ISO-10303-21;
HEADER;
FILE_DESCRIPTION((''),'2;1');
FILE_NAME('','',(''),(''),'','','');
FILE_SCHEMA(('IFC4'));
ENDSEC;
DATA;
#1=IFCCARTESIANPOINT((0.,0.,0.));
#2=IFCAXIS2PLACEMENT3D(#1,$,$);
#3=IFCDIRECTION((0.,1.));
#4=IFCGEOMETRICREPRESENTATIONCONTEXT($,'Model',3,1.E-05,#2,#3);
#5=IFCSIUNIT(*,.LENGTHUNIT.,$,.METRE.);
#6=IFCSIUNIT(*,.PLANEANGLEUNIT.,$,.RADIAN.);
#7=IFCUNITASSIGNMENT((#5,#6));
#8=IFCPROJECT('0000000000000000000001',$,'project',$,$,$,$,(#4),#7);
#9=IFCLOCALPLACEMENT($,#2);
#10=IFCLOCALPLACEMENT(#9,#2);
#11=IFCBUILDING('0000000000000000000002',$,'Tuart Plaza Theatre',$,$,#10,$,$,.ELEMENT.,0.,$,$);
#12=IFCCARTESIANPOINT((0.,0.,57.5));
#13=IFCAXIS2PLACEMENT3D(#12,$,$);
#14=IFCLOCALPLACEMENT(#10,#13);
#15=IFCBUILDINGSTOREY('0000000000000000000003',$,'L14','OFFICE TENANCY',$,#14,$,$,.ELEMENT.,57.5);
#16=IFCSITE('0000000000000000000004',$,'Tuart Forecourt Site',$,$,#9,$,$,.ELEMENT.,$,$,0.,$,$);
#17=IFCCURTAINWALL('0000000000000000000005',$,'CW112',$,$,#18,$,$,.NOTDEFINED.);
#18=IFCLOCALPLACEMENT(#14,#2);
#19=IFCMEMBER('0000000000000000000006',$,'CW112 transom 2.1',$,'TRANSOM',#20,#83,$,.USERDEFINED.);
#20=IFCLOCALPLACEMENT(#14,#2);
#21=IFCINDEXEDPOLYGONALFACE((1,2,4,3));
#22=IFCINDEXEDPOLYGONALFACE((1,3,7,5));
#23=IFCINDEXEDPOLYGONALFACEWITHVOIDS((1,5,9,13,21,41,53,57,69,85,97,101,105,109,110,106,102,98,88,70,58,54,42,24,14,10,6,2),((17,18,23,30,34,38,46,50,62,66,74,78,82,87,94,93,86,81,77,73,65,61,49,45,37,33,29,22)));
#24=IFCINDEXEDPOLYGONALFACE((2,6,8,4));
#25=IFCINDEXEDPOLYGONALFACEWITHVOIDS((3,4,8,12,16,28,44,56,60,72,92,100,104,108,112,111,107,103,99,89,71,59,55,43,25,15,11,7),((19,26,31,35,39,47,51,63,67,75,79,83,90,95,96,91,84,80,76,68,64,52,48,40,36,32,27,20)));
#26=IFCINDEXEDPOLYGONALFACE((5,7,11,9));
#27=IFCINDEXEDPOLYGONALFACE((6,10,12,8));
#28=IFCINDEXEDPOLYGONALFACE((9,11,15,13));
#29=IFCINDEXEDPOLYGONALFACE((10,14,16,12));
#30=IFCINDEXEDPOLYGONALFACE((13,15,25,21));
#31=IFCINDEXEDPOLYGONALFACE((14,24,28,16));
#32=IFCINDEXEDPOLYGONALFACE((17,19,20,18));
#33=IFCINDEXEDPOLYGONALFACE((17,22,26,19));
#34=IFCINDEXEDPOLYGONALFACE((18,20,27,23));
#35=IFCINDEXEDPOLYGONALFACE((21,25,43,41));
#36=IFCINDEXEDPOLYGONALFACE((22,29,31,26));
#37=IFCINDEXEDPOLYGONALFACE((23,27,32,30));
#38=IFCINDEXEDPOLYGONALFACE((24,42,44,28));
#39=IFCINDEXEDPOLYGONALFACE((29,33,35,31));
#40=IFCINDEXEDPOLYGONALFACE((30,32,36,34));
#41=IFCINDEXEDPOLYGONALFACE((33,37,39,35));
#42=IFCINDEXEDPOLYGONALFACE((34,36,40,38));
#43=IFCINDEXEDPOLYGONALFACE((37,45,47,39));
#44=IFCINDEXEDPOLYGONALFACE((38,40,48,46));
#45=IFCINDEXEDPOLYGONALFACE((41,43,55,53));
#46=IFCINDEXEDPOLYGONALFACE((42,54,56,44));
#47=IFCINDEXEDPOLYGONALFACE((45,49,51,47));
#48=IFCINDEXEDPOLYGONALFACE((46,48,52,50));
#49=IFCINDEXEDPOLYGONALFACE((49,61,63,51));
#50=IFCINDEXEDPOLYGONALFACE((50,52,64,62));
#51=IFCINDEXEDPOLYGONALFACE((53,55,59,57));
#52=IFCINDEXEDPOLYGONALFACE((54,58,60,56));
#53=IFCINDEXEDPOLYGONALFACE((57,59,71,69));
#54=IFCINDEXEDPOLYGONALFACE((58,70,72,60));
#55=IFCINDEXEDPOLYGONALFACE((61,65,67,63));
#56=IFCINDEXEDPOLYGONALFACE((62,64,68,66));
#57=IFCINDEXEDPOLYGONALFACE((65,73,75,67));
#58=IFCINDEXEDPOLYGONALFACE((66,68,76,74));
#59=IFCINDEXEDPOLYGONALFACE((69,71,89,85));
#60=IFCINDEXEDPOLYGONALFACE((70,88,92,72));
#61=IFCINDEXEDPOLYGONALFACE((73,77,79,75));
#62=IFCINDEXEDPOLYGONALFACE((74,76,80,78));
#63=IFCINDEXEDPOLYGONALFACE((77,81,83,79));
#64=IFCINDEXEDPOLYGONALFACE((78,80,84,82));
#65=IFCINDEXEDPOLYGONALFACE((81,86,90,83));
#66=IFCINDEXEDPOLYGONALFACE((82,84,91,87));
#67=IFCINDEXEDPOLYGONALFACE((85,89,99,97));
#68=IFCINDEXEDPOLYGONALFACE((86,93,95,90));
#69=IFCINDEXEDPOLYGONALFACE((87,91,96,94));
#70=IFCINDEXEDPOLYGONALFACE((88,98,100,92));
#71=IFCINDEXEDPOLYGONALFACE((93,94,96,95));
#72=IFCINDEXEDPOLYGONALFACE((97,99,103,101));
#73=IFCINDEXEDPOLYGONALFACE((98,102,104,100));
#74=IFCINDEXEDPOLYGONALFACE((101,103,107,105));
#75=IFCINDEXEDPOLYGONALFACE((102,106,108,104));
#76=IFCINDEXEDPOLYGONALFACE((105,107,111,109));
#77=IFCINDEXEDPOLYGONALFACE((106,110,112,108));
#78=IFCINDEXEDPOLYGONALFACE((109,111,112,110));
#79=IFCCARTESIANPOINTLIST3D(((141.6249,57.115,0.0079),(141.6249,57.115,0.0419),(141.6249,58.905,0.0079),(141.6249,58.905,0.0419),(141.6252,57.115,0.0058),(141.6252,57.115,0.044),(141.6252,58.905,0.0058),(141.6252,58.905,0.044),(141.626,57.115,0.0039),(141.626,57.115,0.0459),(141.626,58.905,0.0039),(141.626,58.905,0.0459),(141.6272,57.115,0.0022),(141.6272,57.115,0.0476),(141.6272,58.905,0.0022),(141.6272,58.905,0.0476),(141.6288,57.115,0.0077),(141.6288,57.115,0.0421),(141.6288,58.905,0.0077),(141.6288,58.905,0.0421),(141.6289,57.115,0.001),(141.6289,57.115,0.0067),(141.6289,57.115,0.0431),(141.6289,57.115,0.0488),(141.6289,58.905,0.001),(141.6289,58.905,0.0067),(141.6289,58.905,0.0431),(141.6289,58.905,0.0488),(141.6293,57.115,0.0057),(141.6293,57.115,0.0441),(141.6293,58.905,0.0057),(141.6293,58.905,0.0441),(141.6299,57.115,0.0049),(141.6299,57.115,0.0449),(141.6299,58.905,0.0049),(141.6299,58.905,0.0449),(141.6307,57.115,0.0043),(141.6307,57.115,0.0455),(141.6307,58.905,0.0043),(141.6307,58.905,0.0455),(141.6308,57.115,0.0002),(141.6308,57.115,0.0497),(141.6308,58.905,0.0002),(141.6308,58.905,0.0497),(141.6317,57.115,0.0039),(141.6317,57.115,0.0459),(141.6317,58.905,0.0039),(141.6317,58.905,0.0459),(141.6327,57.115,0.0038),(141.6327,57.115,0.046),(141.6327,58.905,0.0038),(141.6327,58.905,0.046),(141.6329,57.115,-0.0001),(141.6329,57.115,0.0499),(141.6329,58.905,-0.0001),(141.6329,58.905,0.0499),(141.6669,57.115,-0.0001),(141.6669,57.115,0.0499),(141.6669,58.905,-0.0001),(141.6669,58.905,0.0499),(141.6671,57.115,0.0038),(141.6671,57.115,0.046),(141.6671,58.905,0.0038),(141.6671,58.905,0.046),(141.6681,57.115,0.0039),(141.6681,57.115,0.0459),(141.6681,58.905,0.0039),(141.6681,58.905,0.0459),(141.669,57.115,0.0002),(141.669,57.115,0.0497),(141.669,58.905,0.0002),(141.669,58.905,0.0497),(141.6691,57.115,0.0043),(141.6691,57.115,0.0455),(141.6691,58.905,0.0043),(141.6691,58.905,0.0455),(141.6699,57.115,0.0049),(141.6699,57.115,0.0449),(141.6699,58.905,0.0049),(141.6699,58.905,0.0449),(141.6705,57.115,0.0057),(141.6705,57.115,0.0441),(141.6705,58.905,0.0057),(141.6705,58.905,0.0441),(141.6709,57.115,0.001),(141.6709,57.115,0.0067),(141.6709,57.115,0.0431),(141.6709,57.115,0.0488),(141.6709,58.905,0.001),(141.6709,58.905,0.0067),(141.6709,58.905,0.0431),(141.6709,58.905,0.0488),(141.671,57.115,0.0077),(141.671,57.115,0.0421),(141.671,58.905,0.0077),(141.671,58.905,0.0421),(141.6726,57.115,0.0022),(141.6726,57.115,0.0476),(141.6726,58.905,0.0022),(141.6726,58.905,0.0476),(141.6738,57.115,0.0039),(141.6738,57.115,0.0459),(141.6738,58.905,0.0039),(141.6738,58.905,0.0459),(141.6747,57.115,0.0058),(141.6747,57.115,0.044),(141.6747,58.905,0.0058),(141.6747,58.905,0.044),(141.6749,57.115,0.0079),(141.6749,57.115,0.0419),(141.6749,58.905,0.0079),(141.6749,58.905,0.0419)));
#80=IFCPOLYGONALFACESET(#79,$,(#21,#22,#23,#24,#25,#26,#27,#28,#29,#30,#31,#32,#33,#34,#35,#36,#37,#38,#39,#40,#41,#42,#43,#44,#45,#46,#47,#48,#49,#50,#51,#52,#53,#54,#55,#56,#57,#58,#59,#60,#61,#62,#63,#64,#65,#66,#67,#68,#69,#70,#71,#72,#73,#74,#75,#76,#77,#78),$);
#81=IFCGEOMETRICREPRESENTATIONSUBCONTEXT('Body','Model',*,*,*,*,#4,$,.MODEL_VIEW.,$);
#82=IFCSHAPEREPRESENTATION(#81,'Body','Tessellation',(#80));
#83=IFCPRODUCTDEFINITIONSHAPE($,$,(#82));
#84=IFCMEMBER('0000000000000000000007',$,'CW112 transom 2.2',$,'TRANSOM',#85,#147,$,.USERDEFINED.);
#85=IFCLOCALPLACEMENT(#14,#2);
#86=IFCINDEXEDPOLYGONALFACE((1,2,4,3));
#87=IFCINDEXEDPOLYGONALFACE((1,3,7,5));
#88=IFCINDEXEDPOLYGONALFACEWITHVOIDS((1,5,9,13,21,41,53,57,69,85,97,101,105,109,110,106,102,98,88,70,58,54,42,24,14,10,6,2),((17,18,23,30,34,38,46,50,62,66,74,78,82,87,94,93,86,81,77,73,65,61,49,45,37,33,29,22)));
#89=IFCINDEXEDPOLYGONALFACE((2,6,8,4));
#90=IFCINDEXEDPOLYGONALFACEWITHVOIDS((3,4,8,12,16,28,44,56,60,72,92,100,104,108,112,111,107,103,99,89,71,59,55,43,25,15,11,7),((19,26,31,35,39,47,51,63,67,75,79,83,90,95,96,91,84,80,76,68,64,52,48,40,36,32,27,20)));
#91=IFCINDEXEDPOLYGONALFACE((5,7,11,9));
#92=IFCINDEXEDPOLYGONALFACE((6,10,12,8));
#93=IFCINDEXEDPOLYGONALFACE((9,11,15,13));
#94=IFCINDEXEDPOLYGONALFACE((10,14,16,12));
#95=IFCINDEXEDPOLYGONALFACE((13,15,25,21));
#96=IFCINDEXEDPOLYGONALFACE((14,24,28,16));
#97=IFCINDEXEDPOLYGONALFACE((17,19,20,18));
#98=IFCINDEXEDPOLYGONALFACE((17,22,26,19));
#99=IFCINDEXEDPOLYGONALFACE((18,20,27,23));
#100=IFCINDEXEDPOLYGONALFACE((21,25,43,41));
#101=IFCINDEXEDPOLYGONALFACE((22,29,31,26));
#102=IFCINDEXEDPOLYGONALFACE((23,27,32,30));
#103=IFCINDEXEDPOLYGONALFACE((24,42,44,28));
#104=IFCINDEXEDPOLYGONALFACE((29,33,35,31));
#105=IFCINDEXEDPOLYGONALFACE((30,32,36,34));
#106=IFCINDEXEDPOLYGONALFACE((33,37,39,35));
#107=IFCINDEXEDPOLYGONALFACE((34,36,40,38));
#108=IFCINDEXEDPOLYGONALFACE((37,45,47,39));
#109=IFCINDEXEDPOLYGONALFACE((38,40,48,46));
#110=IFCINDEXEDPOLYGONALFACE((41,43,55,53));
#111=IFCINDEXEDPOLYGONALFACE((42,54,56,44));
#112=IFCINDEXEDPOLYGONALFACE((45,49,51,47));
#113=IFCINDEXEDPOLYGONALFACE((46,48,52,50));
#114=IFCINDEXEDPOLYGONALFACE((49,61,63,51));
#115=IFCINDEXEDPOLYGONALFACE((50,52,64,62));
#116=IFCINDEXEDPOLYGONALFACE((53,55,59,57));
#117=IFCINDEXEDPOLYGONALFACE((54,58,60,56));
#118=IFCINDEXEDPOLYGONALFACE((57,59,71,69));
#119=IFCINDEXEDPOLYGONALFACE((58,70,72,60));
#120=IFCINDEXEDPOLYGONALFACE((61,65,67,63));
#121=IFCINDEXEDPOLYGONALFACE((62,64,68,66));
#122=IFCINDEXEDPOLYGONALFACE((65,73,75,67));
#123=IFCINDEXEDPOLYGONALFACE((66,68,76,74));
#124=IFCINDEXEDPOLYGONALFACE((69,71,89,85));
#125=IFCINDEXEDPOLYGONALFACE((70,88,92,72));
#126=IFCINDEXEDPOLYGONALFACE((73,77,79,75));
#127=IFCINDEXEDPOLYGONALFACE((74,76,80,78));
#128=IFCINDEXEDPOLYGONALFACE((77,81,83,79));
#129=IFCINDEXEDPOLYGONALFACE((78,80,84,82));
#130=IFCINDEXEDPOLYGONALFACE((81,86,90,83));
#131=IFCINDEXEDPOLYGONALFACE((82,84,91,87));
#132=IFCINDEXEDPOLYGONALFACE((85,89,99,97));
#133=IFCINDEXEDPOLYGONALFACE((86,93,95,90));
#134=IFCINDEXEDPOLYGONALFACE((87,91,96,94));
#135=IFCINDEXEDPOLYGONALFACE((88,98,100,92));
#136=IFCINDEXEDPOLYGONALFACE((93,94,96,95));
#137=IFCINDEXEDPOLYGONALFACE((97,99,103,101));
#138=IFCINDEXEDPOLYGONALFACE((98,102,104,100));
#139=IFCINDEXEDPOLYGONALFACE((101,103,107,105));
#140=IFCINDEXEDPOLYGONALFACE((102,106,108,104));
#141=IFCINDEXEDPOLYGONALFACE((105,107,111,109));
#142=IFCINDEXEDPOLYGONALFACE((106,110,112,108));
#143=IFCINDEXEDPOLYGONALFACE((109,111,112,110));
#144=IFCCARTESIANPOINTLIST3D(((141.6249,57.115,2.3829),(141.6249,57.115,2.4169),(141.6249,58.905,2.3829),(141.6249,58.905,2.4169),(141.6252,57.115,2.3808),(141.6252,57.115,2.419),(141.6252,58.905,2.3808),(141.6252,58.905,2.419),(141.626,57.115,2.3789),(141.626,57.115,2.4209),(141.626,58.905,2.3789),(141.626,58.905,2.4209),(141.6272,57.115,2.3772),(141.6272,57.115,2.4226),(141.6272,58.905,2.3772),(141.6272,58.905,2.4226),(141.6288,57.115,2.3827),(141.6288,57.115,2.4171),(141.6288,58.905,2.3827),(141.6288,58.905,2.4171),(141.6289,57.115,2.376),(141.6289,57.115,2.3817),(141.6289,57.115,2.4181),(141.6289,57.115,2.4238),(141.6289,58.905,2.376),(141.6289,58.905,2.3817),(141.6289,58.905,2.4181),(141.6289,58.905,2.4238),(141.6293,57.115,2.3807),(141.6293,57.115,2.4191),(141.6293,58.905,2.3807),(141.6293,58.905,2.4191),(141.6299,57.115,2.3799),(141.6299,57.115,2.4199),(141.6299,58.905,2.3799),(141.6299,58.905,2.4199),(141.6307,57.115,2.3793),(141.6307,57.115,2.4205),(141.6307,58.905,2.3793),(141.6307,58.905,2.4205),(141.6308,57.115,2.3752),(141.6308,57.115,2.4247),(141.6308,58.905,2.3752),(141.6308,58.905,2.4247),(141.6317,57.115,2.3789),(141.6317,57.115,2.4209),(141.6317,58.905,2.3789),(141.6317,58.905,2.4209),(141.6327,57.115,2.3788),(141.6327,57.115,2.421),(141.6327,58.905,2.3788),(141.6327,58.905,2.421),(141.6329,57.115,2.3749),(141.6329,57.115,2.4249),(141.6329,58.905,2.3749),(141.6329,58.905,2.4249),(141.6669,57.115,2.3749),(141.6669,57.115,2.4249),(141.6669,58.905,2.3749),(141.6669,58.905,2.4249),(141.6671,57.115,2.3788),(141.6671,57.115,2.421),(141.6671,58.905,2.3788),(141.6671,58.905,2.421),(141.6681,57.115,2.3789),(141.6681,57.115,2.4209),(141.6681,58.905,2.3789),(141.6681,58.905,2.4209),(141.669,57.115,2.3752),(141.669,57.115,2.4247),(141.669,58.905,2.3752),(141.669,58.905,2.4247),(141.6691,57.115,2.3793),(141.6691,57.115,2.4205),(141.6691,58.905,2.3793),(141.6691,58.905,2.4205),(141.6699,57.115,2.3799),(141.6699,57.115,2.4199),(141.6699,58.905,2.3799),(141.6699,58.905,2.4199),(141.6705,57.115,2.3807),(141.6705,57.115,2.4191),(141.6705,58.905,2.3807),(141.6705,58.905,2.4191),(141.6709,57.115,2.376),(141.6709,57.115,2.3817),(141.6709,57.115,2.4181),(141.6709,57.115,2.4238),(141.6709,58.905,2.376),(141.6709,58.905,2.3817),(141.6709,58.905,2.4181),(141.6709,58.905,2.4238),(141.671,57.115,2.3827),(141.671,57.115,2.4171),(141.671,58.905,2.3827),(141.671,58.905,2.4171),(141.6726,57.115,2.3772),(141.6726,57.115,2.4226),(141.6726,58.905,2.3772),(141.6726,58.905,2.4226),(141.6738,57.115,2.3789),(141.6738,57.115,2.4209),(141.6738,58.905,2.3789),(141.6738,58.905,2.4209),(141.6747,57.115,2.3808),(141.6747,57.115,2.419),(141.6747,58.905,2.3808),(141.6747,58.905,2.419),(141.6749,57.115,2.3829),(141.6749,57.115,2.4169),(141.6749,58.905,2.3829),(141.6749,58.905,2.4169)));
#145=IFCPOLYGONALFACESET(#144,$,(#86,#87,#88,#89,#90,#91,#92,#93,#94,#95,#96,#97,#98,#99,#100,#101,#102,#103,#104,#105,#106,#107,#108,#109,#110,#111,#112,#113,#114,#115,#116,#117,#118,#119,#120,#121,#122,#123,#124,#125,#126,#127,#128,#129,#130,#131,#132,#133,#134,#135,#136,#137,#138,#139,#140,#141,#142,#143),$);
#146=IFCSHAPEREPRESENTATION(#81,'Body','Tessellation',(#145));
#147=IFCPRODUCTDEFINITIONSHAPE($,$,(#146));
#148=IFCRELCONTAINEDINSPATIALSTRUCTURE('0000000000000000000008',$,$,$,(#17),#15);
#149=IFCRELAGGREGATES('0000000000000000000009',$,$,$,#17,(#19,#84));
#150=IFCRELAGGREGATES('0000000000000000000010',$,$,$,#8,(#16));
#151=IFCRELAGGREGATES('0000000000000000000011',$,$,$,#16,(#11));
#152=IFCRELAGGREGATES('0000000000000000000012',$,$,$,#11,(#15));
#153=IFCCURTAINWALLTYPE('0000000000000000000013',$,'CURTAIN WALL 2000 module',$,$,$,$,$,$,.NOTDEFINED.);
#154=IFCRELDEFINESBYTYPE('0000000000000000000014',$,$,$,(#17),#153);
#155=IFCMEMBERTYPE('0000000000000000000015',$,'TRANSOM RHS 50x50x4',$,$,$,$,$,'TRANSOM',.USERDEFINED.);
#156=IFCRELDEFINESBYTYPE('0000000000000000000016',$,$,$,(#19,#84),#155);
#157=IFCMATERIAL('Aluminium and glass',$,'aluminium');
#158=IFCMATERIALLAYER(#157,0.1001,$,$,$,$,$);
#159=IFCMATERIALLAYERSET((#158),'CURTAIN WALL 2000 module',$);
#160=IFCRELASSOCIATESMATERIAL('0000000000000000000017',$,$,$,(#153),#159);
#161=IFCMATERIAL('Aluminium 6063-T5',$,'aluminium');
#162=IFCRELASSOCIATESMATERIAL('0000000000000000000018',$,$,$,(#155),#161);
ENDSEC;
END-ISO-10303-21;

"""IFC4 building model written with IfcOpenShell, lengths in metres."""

from ifc_helpers import new_model, si_unit, direction, frame, origin, origin_2d, place, context, subcontext, project, spatial, hollow_rectangle, extrude, material, layer, layer_set, material_profile, profile_set, type_object, element, aggregate, save


model = new_model("IFC4")

# Units and contexts
model_context = context("Model", 3, precision=1e-05, world=origin(), true_north=direction((0.0, 1.0)))
body_context = subcontext(model_context, "Body", "Model", "MODEL_VIEW")
ifc_project = project(units=[si_unit("LENGTHUNIT", "METRE"), si_unit("PLANEANGLEUNIT", "RADIAN")], contexts=[model_context])

# Site, building, storey
site_placement = place(None, origin())
site = spatial("IfcSite", under=ifc_project, at=site_placement, Name="Tuart Forecourt Site", CompositionType="ELEMENT", RefElevation=0.0)
building_placement = place(site_placement, origin())
building = spatial("IfcBuilding", under=site, at=building_placement, Name="Tuart Plaza Theatre", CompositionType="ELEMENT", ElevationOfRefHeight=0.0)
storey_placement = place(building_placement, frame((0.0, 0.0, 57.5)))
storey = spatial("IfcBuildingStorey", under=building, at=storey_placement, Name="L14", Description="OFFICE TENANCY", CompositionType="ELEMENT", Elevation=57.5)

# Curtain wall
ifc_material_1 = material(Name="Aluminium and glass", Category="aluminium")
ifc_layer_1 = layer(ifc_material_1, 0.1001)
ifc_layer_set_1 = layer_set([ifc_layer_1], Name="CURTAIN WALL 2000 module")
curtain_wall_type = type_object("IfcCurtainWallType", Name="CURTAIN WALL 2000 module", PredefinedType="NOTDEFINED", material=ifc_layer_set_1)
curtain_wall_1_placement = place(storey_placement, origin())
curtain_wall_1 = element("IfcCurtainWall", 1, at=curtain_wall_1_placement, inside=storey, type_object=curtain_wall_type, Name="CW112", PredefinedType="NOTDEFINED")

# Members
ifc_material_2 = material(Name="Aluminium 6063-T5", Category="aluminium")
ifc_material_profile_1 = material_profile(ifc_material_2, hollow_rectangle(XDim=0.05, YDim=0.05, WallThickness=0.0039, InnerFilletRadius=0.0039, OuterFilletRadius=0.0081, at=origin_2d()), Name="RHS 50x50x4")
ifc_profile_set_1 = profile_set([ifc_material_profile_1], Name="Aluminium 6063-T5")
member_type_1 = type_object("IfcMemberType", Name="TRANSOM RHS 50x50x4", ElementType="TRANSOM", PredefinedType="USERDEFINED", material=ifc_profile_set_1)
member_1_placement = place(storey_placement, frame((141.6499, 57.115, 0.0249), z_axis=(0.0, 1.0, 0.0), x_axis=(-1.0, 0.0, 0.0)))
member_1 = element("IfcMember", 2, at=member_1_placement, type_object=member_type_1, Name="CW112 transom 2.1", ObjectType="TRANSOM", PredefinedType="USERDEFINED", context=body_context, shape_type="SweptSolid", body=[
    extrude(hollow_rectangle(XDim=0.05, YDim=0.05, WallThickness=0.0039, InnerFilletRadius=0.0039, OuterFilletRadius=0.0081, at=origin_2d()), origin(), (0.0, 0.0, 1.0), 1.79),
])
member_2_placement = place(storey_placement, frame((141.6499, 57.115, 2.3999), z_axis=(0.0, 1.0, 0.0), x_axis=(-1.0, 0.0, 0.0)))
member_2 = element("IfcMember", 3, at=member_2_placement, type_object=member_type_1, Name="CW112 transom 2.2", ObjectType="TRANSOM", PredefinedType="USERDEFINED", context=body_context, shape_type="SweptSolid", body=[
    extrude(hollow_rectangle(XDim=0.05, YDim=0.05, WallThickness=0.0039, InnerFilletRadius=0.0039, OuterFilletRadius=0.0081, at=origin_2d()), origin(), (0.0, 0.0, 1.0), 1.79),
])

aggregate(curtain_wall_1, [member_1, member_2])

save(model, "model.ifc")
